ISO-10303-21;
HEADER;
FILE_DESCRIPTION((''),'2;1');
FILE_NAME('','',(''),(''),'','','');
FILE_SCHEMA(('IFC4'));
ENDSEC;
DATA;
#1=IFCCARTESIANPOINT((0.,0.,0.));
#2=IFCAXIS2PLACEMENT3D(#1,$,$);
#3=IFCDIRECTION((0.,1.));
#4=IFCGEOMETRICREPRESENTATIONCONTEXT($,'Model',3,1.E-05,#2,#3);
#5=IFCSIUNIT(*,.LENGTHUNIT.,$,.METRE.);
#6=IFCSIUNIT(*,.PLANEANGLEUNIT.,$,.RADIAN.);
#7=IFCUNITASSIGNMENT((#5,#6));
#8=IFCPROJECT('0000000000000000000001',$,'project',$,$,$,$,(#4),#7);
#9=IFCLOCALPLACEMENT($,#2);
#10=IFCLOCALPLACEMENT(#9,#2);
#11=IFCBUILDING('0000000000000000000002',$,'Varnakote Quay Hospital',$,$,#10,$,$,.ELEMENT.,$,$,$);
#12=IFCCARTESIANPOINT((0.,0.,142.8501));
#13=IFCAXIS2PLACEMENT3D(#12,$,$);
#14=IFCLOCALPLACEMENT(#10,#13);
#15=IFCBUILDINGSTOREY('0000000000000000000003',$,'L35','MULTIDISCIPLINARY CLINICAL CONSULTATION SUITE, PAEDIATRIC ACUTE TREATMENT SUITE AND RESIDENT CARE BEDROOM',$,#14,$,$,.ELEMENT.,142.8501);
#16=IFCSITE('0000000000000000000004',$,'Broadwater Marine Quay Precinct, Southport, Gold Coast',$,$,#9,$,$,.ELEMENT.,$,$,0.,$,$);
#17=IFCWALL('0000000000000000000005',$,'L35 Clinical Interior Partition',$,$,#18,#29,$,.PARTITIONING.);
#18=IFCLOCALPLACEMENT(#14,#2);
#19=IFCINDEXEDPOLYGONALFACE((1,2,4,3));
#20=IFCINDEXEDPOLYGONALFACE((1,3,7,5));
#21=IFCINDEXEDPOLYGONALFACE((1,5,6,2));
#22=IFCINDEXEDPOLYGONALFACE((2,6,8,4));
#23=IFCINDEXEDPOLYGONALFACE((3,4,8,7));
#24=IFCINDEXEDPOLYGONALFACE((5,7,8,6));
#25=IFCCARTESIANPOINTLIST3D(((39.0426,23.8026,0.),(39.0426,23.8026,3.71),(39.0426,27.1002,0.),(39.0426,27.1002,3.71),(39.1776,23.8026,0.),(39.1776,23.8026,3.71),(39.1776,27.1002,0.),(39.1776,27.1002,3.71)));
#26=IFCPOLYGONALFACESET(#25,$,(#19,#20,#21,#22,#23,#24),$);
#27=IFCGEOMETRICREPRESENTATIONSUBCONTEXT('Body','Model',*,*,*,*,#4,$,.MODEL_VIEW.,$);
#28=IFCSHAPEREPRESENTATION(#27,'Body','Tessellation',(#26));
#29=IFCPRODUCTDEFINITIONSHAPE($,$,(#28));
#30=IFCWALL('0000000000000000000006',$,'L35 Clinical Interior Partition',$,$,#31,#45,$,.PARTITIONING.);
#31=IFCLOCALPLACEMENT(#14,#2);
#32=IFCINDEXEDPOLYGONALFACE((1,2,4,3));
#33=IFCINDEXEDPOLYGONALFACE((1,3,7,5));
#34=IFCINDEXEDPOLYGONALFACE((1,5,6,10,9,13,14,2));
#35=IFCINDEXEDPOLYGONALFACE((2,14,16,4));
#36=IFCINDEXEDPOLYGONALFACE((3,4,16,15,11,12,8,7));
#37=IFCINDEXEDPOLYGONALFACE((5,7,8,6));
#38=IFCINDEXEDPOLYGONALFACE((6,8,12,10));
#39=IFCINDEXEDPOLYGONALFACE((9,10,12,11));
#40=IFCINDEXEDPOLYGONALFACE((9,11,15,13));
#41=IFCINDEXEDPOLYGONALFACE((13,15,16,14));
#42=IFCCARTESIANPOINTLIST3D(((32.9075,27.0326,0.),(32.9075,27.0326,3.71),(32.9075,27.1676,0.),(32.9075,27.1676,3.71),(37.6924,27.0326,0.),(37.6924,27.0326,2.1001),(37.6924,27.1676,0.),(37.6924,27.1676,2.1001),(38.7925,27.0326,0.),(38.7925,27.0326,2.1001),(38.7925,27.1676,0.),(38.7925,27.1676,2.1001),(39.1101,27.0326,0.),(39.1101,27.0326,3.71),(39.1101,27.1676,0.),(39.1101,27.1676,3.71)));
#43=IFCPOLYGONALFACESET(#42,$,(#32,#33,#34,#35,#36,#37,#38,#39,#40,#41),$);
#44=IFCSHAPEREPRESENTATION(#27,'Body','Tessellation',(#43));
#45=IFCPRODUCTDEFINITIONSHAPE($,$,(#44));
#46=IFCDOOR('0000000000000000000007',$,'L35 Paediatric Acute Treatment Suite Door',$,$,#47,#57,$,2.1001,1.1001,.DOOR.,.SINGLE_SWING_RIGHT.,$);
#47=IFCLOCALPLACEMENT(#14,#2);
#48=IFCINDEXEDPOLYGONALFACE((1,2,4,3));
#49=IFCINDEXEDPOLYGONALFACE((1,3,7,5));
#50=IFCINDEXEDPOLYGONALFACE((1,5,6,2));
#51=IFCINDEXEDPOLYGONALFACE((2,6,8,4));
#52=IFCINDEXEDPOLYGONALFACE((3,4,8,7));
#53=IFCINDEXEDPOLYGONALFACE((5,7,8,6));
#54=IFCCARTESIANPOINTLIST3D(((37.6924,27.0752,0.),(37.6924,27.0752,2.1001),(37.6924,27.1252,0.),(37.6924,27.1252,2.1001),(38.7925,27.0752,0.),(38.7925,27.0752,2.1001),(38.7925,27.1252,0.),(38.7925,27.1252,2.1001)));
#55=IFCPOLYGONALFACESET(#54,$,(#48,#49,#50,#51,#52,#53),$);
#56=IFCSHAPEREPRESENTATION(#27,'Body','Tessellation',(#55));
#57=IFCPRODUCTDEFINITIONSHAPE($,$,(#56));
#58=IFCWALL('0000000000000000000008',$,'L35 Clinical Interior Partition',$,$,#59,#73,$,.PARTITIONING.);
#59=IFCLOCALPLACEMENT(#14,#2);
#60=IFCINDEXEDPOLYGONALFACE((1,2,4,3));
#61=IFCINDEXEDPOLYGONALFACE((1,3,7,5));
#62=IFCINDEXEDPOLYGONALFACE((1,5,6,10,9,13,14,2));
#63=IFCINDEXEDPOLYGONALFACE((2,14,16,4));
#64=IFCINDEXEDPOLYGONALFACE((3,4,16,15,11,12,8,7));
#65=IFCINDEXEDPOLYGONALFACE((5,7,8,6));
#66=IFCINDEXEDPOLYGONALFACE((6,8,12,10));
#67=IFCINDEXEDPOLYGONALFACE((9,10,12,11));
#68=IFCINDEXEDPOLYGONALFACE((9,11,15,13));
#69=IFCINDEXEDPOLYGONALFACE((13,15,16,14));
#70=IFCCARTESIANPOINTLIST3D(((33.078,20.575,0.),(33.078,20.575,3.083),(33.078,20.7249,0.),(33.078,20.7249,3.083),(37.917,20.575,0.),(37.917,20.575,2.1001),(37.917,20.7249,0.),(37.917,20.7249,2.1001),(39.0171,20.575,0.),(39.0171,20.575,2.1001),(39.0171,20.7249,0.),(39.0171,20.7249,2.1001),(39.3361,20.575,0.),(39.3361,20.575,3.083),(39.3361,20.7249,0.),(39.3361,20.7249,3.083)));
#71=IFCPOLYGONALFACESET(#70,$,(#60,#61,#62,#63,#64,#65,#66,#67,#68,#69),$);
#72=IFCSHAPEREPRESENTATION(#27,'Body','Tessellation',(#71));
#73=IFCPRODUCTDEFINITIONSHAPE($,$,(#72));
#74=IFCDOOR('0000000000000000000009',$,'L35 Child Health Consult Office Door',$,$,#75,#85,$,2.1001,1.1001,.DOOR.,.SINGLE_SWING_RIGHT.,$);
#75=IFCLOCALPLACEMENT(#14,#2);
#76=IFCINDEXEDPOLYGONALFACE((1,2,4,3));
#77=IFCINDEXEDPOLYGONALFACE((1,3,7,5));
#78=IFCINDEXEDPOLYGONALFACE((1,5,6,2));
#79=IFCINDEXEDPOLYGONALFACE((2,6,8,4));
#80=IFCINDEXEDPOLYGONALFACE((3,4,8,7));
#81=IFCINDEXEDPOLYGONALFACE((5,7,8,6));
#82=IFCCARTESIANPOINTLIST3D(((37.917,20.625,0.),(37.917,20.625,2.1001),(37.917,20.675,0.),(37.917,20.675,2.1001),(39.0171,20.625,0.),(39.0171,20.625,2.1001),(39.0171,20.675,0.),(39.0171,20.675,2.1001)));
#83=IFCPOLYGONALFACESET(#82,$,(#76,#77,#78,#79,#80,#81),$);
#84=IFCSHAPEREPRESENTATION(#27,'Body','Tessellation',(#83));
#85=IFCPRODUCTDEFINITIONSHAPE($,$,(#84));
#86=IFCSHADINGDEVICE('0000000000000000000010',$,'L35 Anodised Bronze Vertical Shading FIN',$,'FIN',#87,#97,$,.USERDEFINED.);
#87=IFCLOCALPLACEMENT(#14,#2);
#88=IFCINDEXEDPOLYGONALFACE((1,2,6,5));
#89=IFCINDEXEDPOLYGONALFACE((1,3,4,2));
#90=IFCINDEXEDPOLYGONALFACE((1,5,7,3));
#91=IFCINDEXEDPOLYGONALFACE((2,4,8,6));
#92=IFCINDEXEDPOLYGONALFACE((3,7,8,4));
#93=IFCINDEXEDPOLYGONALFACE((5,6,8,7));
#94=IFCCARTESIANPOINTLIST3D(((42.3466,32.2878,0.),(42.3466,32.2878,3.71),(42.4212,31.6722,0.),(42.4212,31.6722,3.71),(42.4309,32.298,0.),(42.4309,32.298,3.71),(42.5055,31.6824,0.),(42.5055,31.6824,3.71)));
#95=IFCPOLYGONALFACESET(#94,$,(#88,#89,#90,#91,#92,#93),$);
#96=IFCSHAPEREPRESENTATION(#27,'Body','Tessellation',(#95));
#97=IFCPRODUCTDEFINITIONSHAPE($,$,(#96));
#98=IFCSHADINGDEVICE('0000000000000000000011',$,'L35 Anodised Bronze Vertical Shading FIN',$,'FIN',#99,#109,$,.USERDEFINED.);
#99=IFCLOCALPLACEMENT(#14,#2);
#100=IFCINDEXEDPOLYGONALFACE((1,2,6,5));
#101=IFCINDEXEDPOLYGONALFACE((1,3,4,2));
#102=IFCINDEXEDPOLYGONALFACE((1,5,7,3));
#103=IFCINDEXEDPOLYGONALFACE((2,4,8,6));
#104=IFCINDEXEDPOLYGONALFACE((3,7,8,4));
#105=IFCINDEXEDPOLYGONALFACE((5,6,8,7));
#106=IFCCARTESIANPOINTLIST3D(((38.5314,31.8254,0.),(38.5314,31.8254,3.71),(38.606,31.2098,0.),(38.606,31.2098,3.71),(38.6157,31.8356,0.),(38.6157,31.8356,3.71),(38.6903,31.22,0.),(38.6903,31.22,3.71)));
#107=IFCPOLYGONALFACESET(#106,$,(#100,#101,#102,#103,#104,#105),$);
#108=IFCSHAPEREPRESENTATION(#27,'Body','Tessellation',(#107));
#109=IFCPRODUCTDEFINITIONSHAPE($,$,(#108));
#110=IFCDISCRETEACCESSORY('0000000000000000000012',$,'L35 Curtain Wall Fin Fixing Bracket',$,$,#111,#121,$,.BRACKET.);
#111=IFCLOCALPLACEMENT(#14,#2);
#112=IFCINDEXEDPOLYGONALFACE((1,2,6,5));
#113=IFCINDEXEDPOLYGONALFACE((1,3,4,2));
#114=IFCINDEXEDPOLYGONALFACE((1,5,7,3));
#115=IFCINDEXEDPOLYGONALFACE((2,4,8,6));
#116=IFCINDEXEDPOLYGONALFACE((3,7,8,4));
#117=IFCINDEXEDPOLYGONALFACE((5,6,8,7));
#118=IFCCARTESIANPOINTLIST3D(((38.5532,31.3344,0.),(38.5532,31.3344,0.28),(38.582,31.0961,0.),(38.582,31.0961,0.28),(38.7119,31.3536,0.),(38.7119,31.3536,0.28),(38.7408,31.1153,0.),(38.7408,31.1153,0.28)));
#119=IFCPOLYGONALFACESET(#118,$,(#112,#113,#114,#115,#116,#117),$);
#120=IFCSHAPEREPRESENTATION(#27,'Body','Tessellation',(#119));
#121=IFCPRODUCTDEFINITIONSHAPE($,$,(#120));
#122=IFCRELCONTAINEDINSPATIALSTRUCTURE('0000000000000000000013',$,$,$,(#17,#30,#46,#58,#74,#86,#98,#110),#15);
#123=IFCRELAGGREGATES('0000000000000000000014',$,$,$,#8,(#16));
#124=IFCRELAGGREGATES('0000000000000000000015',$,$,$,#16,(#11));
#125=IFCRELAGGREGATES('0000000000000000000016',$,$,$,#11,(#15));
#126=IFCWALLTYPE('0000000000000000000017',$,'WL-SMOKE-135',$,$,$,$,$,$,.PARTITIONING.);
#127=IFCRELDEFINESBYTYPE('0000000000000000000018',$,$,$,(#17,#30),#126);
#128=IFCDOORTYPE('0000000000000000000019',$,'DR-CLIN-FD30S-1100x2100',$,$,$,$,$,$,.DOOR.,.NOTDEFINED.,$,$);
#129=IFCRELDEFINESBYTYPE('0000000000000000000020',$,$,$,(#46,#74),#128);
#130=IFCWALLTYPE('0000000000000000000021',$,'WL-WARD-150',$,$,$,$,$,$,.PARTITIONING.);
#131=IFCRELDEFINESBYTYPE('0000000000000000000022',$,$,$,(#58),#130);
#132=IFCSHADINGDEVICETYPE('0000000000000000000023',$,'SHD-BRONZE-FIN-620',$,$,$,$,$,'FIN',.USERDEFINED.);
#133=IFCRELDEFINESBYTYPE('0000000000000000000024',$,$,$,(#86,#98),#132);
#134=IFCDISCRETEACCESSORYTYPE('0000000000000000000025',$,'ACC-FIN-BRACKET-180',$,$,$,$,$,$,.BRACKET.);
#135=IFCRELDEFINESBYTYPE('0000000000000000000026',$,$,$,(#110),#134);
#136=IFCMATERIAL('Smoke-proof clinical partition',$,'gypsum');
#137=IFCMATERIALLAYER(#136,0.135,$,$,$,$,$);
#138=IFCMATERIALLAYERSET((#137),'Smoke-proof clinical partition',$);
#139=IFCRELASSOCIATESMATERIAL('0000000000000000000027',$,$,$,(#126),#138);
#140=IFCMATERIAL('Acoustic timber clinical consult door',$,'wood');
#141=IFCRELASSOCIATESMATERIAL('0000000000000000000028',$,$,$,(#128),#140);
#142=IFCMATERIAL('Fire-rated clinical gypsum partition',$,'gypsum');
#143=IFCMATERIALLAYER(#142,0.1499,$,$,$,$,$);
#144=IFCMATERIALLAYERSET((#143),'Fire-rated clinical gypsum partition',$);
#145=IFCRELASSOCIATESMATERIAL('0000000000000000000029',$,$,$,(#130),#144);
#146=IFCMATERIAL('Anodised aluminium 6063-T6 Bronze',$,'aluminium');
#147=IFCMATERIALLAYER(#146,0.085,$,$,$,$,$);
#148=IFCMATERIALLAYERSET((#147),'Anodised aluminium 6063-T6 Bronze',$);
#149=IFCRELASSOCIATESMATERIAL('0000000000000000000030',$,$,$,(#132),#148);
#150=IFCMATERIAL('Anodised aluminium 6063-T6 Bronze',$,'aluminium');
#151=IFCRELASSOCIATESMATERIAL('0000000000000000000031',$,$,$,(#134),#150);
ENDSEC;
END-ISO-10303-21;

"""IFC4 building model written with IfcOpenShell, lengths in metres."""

from ifc_helpers import new_model, si_unit, direction, frame, frame_2d, origin, origin_2d, place, context, subcontext, project, spatial, rectangle, extrude, material, layer, layer_set, type_object, element, fill, save


model = new_model("IFC4")

# Units and contexts
model_context = context("Model", 3, precision=1e-05, world=origin(), true_north=direction((0.0, 1.0)))
body_context = subcontext(model_context, "Body", "Model", "MODEL_VIEW")
ifc_project = project(units=[si_unit("LENGTHUNIT", "METRE"), si_unit("PLANEANGLEUNIT", "RADIAN")], contexts=[model_context])

# Site, building, storey
site_placement = place(None, origin())
site = spatial("IfcSite", under=ifc_project, at=site_placement, Name="Broadwater Marine Quay Precinct, Southport, Gold Coast", CompositionType="ELEMENT", RefElevation=0.0)
building_placement = place(site_placement, origin())
building = spatial("IfcBuilding", under=site, at=building_placement, Name="Varnakote Quay Hospital", CompositionType="ELEMENT")
storey_placement = place(building_placement, frame((0.0, 0.0, 142.8501)))
storey = spatial("IfcBuildingStorey", under=building, at=storey_placement, Name="L35", Description="MULTIDISCIPLINARY CLINICAL CONSULTATION SUITE, PAEDIATRIC ACUTE TREATMENT SUITE AND RESIDENT CARE BEDROOM", CompositionType="ELEMENT", Elevation=142.8501)

# Wall
ifc_material_1 = material(Name="Smoke-proof clinical partition", Category="gypsum")
ifc_layer_1 = layer(ifc_material_1, 0.135)
ifc_layer_set_1 = layer_set([ifc_layer_1], Name="Smoke-proof clinical partition")
wall_type_1 = type_object("IfcWallType", Name="WL-SMOKE-135", PredefinedType="PARTITIONING", material=ifc_layer_set_1)
wall_1_placement = place(storey_placement, frame((39.1101, 23.8025, 0.0), z_axis=(0.0, 0.0, 1.0), x_axis=(0.0, 1.0, 0.0)))
element("IfcWall", 1, at=wall_1_placement, inside=storey, type_object=wall_type_1, Name="L35 Clinical Interior Partition", PredefinedType="PARTITIONING", context=body_context, shape_type="SweptSolid", body=[
    extrude(rectangle(XDim=3.2976, YDim=0.135, at=frame_2d((1.6489, 0.0))), origin(), (0.0, 0.0, 1.0), 3.71),
])

# Walls, openings, doors
wall_2_placement = place(storey_placement, frame((39.1101, 27.1001, 0.0), z_axis=(0.0, 0.0, 1.0), x_axis=(-1.0, 0.0, 0.0)))
wall_2 = element("IfcWall", 2, at=wall_2_placement, inside=storey, type_object=wall_type_1, Name="L35 Clinical Interior Partition", PredefinedType="PARTITIONING", context=body_context, shape_type="SweptSolid", body=[
    extrude(rectangle(XDim=6.2026, YDim=0.135, at=frame_2d((3.1013, 0.0))), origin(), (0.0, 0.0, 1.0), 3.71),
])
opening_1_placement = place(wall_2_placement, frame((0.3176, 0.0, 0.0)))
opening_1 = element("IfcOpeningElement", 3, at=opening_1_placement, cuts=wall_2, PredefinedType="OPENING", context=body_context, shape_type="SweptSolid", body=[
    extrude(rectangle(XDim=1.1001, YDim=2.1001, at=frame_2d((0.55, 1.05))), frame((0.0, 0.0774, 0.0), z_axis=(0.0, -1.0, 0.0), x_axis=(1.0, 0.0, 0.0)), (0.0, 0.0, 1.0), 0.155),
])
ifc_material_2 = material(Name="Acoustic timber clinical consult door", Category="wood")
door_type_1 = type_object("IfcDoorType", Name="DR-CLIN-FD30S-1100x2100", OperationType="NOTDEFINED", PredefinedType="DOOR", material=ifc_material_2)
door_1_placement = place(opening_1_placement, origin())
door_1 = element("IfcDoor", 4, at=door_1_placement, inside=storey, type_object=door_type_1, Name="L35 Paediatric Acute Treatment Suite Door", OperationType="SINGLE_SWING_RIGHT", OverallHeight=2.1001, OverallWidth=1.1001, PredefinedType="DOOR", context=body_context, shape_type="SweptSolid", body=[
    extrude(rectangle(XDim=1.1001, YDim=2.1001, at=frame_2d((0.55, 1.05))), frame((0.0, 0.0249, 0.0), z_axis=(0.0, -1.0, 0.0), x_axis=(1.0, 0.0, 0.0)), (0.0, 0.0, 1.0), 0.05),
])
fill(opening_1, door_1)
ifc_material_3 = material(Name="Fire-rated clinical gypsum partition", Category="gypsum")
ifc_layer_2 = layer(ifc_material_3, 0.1499)
ifc_layer_set_2 = layer_set([ifc_layer_2], Name="Fire-rated clinical gypsum partition")
wall_type_2 = type_object("IfcWallType", Name="WL-WARD-150", PredefinedType="PARTITIONING", material=ifc_layer_set_2)
wall_3_placement = place(storey_placement, frame((39.3359, 20.6499, 0.0), z_axis=(0.0, 0.0, 1.0), x_axis=(-1.0, 0.0, 0.0)))
wall_3 = element("IfcWall", 5, at=wall_3_placement, inside=storey, type_object=wall_type_2, Name="L35 Clinical Interior Partition", PredefinedType="PARTITIONING", context=body_context, shape_type="SweptSolid", body=[
    extrude(rectangle(XDim=6.2581, YDim=0.1499, at=frame_2d((3.1289, 0.0))), origin(), (0.0, 0.0, 1.0), 3.083),
])
opening_2_placement = place(wall_3_placement, frame((0.3188, 0.0, 0.0)))
opening_2 = element("IfcOpeningElement", 6, at=opening_2_placement, cuts=wall_3, PredefinedType="OPENING", context=body_context, shape_type="SweptSolid", body=[
    extrude(rectangle(XDim=1.1001, YDim=2.1001, at=frame_2d((0.55, 1.05))), frame((0.0, 0.085, 0.0), z_axis=(0.0, -1.0, 0.0), x_axis=(1.0, 0.0, 0.0)), (0.0, 0.0, 1.0), 0.1699),
])
door_2_placement = place(opening_2_placement, origin())
door_2 = element("IfcDoor", 7, at=door_2_placement, inside=storey, type_object=door_type_1, Name="L35 Child Health Consult Office Door", OperationType="SINGLE_SWING_RIGHT", OverallHeight=2.1001, OverallWidth=1.1001, PredefinedType="DOOR", context=body_context, shape_type="SweptSolid", body=[
    extrude(rectangle(XDim=1.1001, YDim=2.1001, at=frame_2d((0.55, 1.05))), frame((0.0, 0.0249, 0.0), z_axis=(0.0, -1.0, 0.0), x_axis=(1.0, 0.0, 0.0)), (0.0, 0.0, 1.0), 0.05),
])
fill(opening_2, door_2)

# Shading devices
ifc_material_4 = material(Name="Anodised aluminium 6063-T6 Bronze", Category="aluminium")
ifc_layer_3 = layer(ifc_material_4, 0.085)
ifc_layer_set_3 = layer_set([ifc_layer_3], Name="Anodised aluminium 6063-T6 Bronze")
shading_device_type = type_object("IfcShadingDeviceType", Name="SHD-BRONZE-FIN-620", ElementType="FIN", PredefinedType="USERDEFINED", material=ifc_layer_set_3)
for number, where, z_axis, x_axis, name in (
    (8, (42.426, 31.9851, 0.0), (0.0, 0.0, 1.0), (0.12031, -0.992736, 0.0), "L35 Anodised Bronze Vertical Shading FIN"),
    (9, (38.6108, 31.5227, 0.0), (0.0, 0.0, 1.0), (0.12031, -0.992736, 0.0), "L35 Anodised Bronze Vertical Shading FIN"),
):
    element("IfcShadingDevice", number, at=place(storey_placement, frame(where, z_axis=z_axis, x_axis=x_axis)), inside=storey, type_object=shading_device_type, Name=name, ObjectType="FIN", PredefinedType="USERDEFINED", context=body_context, shape_type="SweptSolid", body=[
        extrude(rectangle(XDim=0.6201, YDim=0.085, at=origin_2d()), origin(), (0.0, 0.0, 1.0), 3.71),
    ])

# Discrete accessory
ifc_material_5 = material(Name="Anodised aluminium 6063-T6 Bronze", Category="aluminium")
discrete_accessory_type = type_object("IfcDiscreteAccessoryType", Name="ACC-FIN-BRACKET-180", PredefinedType="BRACKET", material=ifc_material_5)
discrete_accessory_placement = place(storey_placement, frame((38.647, 31.2249, 0.0), z_axis=(0.0, 0.0, 1.0), x_axis=(-0.992736, -0.12031, 0.0)))
element("IfcDiscreteAccessory", 10, at=discrete_accessory_placement, inside=storey, type_object=discrete_accessory_type, Name="L35 Curtain Wall Fin Fixing Bracket", PredefinedType="BRACKET", context=body_context, shape_type="SweptSolid", body=[
    extrude(rectangle(XDim=0.1599, YDim=0.24, at=origin_2d()), origin(), (0.0, 0.0, 1.0), 0.28),
])

save(model, "model.ifc")
